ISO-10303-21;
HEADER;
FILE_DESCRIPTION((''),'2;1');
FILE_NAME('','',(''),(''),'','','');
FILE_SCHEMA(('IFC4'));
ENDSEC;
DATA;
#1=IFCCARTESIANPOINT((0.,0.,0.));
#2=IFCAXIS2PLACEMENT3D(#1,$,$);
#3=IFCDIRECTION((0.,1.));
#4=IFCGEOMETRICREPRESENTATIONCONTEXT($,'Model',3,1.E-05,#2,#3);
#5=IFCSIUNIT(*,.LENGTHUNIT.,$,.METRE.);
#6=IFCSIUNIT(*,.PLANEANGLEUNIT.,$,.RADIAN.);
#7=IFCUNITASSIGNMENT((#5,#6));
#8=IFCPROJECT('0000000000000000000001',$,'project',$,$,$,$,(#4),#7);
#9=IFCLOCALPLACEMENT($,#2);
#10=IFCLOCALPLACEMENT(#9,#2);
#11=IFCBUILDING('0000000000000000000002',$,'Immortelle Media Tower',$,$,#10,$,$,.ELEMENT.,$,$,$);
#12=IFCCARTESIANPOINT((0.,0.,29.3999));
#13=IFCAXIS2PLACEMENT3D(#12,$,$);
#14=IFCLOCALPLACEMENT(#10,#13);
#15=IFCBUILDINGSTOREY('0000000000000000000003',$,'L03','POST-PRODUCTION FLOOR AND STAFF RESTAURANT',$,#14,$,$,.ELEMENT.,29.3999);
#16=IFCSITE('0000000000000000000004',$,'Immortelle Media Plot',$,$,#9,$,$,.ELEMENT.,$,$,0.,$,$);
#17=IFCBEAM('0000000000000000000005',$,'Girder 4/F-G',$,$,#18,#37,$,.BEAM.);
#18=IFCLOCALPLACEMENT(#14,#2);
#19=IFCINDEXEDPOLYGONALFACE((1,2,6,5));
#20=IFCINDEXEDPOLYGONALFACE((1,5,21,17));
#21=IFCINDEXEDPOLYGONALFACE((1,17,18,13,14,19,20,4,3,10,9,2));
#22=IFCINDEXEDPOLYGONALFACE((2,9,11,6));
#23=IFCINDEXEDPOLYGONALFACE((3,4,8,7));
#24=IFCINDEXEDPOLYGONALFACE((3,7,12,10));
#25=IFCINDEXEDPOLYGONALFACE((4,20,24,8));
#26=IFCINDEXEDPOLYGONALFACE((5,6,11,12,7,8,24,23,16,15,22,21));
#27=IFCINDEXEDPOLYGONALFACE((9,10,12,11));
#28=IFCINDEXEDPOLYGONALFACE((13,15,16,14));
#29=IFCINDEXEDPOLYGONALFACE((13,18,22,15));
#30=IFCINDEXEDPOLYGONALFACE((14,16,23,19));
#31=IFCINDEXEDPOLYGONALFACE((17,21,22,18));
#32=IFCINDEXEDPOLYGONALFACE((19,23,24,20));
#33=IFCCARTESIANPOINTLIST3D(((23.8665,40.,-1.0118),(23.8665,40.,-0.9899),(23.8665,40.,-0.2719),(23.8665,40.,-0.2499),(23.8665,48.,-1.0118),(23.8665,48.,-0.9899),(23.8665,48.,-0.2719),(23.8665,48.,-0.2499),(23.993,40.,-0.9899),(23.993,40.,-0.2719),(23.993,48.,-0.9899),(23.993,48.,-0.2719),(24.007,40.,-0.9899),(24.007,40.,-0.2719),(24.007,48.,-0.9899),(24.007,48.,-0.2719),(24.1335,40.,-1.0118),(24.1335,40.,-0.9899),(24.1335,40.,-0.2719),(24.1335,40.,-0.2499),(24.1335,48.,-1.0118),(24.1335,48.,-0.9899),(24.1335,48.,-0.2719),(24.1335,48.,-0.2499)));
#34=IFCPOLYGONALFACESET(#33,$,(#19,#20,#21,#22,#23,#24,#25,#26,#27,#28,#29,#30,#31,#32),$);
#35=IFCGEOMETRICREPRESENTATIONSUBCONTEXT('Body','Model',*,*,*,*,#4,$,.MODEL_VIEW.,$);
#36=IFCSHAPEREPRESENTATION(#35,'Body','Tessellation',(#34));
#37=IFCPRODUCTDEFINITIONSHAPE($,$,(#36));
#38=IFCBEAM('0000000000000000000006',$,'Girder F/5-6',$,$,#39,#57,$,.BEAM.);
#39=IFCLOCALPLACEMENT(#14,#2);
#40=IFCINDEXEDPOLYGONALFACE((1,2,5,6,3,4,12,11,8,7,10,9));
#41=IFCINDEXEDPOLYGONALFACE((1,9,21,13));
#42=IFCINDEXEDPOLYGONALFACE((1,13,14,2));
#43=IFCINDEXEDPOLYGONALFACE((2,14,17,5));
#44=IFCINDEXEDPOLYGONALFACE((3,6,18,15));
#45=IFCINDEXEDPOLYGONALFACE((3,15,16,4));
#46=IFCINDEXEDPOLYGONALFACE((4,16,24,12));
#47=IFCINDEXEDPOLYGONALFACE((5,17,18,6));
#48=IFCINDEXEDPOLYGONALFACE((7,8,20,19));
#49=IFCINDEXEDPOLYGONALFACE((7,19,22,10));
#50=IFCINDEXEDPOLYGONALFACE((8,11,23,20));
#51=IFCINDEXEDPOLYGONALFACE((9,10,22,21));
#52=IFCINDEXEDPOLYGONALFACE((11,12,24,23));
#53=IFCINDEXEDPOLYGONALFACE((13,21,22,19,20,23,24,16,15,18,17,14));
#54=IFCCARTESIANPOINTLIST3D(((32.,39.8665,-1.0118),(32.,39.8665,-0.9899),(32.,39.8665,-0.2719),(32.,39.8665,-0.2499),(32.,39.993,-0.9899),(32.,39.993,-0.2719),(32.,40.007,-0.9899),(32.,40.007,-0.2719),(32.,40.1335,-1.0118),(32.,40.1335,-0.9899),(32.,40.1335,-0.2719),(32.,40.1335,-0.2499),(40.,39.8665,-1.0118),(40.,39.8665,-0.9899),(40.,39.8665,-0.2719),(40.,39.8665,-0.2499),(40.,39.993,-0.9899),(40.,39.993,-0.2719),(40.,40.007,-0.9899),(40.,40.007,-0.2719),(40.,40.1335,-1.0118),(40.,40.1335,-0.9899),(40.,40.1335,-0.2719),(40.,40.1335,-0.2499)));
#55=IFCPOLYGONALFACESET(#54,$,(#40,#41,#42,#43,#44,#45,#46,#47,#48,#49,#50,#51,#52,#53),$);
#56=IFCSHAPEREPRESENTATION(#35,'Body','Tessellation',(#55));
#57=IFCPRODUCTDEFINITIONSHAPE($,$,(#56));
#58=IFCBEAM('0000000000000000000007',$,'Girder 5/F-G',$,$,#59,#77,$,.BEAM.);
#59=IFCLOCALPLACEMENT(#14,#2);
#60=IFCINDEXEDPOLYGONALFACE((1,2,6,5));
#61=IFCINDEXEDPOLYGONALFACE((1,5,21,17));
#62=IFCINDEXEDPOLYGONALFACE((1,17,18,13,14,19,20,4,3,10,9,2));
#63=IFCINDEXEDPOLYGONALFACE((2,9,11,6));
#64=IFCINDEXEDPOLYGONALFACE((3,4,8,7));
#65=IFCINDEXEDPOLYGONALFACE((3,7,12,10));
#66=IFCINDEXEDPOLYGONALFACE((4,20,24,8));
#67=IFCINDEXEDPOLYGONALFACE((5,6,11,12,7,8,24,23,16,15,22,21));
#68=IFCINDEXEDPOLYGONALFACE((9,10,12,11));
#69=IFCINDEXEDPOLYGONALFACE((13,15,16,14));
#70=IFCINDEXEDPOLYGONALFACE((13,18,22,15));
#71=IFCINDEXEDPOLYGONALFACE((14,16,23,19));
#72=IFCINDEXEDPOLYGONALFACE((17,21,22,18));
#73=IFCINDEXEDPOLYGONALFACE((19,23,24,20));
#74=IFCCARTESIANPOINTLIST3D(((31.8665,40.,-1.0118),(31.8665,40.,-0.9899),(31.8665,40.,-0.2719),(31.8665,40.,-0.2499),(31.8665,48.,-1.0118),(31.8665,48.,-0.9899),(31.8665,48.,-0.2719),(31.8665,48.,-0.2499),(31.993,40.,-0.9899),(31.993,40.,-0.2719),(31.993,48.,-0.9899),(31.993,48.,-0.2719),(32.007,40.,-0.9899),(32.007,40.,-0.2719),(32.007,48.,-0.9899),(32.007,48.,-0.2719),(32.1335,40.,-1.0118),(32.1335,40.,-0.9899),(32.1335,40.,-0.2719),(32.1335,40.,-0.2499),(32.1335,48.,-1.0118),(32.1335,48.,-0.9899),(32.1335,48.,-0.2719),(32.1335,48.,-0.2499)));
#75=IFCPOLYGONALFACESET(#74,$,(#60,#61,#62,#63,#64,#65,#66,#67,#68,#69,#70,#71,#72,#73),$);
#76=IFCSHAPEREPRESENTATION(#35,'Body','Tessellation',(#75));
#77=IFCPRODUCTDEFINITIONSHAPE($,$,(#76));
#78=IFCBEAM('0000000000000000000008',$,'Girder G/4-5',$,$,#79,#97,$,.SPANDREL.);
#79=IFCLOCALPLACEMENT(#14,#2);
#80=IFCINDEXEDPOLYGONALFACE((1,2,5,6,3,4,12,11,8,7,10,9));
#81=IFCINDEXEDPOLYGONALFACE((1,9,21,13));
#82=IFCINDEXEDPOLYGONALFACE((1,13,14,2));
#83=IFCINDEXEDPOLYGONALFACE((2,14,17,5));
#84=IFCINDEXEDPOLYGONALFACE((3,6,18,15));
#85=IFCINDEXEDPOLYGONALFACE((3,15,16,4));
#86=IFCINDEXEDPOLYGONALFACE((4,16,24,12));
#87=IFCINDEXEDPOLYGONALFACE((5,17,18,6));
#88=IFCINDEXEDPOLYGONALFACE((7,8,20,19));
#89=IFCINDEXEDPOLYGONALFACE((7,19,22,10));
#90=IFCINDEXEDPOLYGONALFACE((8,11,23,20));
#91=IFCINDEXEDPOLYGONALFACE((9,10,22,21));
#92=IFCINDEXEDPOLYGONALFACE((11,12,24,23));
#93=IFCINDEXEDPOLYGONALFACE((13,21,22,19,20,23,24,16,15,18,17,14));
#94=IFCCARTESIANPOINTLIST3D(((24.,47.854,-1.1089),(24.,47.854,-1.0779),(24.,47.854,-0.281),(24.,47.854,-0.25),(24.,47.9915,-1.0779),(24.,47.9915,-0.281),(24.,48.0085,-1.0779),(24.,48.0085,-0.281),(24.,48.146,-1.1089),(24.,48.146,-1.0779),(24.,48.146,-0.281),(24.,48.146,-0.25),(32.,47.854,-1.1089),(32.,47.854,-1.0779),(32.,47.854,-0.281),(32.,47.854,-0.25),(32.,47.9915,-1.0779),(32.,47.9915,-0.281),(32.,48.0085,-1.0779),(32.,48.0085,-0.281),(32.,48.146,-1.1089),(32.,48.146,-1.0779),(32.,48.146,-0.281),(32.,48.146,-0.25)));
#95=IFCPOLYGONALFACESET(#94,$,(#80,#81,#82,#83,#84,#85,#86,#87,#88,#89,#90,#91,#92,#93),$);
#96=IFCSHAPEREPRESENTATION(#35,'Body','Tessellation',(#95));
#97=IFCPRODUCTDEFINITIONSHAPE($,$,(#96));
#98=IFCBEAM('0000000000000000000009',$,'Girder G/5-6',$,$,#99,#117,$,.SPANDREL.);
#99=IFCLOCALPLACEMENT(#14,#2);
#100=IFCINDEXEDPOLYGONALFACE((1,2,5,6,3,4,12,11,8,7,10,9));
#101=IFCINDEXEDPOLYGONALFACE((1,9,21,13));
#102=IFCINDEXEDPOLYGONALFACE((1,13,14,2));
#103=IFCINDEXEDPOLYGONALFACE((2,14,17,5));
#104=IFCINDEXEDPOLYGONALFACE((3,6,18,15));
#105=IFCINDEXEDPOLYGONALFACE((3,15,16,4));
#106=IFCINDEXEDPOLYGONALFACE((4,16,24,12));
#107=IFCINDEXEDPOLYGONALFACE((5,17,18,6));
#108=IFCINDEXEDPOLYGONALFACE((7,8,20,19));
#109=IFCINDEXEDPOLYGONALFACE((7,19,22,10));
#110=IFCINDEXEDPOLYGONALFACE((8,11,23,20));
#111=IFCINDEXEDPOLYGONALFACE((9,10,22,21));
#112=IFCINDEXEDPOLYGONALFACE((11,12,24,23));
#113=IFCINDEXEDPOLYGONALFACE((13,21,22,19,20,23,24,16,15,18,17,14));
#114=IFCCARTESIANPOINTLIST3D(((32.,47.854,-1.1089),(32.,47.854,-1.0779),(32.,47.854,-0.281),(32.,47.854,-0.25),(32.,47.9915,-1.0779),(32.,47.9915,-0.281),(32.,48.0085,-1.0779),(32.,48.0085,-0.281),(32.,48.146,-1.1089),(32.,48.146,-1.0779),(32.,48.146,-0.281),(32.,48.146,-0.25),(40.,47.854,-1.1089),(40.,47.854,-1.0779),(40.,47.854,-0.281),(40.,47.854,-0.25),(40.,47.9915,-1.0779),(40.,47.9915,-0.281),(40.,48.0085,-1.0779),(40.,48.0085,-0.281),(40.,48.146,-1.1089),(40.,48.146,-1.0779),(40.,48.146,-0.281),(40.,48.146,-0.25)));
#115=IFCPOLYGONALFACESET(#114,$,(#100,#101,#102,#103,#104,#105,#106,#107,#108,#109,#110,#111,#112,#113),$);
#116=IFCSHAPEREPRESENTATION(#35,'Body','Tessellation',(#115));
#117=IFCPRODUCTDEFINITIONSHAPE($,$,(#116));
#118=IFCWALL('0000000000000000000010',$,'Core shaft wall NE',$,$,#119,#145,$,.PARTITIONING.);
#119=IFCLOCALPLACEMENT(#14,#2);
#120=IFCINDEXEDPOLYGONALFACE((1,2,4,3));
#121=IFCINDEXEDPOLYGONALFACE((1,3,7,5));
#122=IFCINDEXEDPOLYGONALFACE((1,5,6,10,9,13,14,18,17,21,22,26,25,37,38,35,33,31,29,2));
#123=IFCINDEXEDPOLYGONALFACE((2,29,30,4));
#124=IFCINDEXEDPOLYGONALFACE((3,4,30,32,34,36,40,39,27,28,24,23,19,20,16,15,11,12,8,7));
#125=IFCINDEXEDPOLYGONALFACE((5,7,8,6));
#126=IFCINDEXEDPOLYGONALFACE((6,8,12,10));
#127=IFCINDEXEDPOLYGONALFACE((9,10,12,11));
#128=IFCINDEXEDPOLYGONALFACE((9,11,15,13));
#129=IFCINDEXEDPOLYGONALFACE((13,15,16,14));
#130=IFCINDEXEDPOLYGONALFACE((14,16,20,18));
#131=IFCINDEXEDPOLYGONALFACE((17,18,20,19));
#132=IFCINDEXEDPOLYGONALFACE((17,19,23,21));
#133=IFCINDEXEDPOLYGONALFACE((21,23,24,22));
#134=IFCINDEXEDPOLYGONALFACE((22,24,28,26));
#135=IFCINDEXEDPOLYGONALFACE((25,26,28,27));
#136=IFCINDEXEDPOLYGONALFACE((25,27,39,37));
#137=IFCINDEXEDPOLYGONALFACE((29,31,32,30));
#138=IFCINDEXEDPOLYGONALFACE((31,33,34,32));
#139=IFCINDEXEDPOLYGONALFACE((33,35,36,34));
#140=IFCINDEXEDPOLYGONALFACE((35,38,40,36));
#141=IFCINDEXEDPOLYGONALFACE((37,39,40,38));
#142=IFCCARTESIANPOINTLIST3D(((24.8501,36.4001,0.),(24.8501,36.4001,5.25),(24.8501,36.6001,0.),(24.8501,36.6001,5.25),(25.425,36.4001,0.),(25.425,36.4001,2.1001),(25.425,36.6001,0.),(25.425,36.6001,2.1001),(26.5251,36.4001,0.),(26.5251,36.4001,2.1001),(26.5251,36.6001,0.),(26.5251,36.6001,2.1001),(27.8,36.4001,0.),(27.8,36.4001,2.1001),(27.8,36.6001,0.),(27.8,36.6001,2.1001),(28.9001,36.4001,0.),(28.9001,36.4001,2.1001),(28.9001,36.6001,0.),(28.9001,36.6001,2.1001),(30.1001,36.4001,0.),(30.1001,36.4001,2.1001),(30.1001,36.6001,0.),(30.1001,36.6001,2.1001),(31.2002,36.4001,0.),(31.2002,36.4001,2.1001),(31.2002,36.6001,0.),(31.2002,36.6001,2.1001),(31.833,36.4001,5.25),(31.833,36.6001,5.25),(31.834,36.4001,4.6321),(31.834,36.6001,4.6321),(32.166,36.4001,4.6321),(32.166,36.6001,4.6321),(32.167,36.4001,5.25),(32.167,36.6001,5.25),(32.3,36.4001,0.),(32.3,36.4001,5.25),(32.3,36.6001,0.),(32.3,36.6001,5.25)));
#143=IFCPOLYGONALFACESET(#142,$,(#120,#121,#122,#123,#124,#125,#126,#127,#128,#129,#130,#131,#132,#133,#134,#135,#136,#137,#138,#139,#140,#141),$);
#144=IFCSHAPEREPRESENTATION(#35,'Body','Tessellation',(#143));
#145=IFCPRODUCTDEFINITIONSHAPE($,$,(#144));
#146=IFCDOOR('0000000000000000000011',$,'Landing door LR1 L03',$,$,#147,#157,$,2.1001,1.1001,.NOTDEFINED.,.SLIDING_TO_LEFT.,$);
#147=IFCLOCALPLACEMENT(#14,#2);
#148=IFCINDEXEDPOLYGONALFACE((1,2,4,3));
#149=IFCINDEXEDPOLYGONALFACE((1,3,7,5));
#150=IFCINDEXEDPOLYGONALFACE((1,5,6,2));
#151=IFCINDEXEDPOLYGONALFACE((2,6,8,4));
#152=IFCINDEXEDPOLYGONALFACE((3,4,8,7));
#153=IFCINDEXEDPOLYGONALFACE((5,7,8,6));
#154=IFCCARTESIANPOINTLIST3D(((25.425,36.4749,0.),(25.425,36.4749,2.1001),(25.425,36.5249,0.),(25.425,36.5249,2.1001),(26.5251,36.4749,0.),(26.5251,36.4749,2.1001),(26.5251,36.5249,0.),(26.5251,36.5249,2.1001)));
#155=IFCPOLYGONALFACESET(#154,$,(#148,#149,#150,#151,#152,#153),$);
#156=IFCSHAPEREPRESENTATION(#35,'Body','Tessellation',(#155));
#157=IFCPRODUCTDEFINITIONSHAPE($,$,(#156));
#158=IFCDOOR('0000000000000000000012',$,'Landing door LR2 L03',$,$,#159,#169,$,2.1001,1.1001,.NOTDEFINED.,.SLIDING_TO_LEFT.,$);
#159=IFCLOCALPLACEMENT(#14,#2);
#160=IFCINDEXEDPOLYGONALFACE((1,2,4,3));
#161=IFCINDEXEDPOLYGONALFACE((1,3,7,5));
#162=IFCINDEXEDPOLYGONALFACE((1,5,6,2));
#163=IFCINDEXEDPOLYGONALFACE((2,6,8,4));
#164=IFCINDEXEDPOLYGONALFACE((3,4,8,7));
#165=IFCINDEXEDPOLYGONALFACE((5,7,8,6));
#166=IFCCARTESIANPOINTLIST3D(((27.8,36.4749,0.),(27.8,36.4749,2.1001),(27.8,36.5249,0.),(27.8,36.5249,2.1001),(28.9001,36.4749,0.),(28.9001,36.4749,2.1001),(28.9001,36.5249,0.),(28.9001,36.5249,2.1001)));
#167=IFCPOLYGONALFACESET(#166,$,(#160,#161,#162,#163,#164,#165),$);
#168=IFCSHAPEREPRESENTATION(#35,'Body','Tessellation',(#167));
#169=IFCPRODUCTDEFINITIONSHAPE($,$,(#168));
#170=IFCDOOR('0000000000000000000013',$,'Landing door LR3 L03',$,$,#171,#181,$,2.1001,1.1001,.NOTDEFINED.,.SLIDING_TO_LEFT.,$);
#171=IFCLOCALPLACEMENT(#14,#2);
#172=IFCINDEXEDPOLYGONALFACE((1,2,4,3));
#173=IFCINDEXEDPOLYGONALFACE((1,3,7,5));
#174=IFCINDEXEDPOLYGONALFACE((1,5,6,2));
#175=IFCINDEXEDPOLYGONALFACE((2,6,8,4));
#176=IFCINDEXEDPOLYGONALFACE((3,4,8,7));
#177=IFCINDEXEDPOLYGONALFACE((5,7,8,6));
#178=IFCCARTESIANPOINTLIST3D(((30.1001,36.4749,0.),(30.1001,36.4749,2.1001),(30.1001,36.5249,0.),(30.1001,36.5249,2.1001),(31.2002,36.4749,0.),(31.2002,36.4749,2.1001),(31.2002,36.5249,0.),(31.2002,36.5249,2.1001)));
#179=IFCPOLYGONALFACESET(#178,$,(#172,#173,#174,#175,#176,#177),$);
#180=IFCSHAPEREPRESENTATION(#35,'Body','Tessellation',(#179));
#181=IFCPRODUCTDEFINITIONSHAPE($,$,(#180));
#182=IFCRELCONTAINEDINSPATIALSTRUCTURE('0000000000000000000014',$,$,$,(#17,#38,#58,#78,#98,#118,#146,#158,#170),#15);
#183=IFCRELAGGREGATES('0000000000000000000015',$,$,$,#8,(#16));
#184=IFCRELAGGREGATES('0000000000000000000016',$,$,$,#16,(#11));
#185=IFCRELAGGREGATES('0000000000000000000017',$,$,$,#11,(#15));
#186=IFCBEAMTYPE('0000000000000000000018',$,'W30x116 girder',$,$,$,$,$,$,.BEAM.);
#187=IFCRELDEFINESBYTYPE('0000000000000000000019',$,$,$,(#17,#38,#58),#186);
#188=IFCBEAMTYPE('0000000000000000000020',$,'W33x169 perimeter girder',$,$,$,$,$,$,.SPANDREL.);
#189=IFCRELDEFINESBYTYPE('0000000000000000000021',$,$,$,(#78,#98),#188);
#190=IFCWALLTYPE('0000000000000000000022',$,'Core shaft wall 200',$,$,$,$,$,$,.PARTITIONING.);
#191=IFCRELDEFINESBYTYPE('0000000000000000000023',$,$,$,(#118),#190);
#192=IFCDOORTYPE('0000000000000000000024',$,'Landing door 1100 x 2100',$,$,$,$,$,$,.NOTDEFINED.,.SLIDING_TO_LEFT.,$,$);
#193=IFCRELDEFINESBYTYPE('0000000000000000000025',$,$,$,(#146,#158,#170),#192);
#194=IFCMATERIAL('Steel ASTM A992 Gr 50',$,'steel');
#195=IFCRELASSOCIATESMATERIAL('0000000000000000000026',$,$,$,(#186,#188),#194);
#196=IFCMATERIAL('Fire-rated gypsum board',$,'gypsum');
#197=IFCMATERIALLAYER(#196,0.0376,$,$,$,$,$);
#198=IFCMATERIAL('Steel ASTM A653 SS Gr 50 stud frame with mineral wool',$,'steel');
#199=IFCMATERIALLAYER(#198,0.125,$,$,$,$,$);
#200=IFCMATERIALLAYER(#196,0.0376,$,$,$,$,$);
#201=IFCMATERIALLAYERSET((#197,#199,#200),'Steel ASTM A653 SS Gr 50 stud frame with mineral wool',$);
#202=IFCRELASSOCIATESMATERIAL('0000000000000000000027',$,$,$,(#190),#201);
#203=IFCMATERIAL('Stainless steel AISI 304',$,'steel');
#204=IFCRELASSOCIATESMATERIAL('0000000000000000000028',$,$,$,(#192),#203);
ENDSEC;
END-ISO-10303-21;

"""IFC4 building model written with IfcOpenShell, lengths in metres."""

from ifc_helpers import new_model, si_unit, direction, frame, frame_2d, origin, origin_2d, place, context, subcontext, project, spatial, polyline, rectangle, i_section, outline, extrude, material, layer, layer_set, material_profile, profile_set, type_object, element, fill, save


model = new_model("IFC4")

# Units and contexts
model_context = context("Model", 3, precision=1e-05, world=origin(), true_north=direction((0.0, 1.0)))
body_context = subcontext(model_context, "Body", "Model", "MODEL_VIEW")
ifc_project = project(units=[si_unit("LENGTHUNIT", "METRE"), si_unit("PLANEANGLEUNIT", "RADIAN")], contexts=[model_context])

# Site, building, storey
site_placement = place(None, origin())
site = spatial("IfcSite", under=ifc_project, at=site_placement, Name="Immortelle Media Plot", CompositionType="ELEMENT", RefElevation=0.0)
building_placement = place(site_placement, origin())
building = spatial("IfcBuilding", under=site, at=building_placement, Name="Immortelle Media Tower", CompositionType="ELEMENT")
storey_placement = place(building_placement, frame((0.0, 0.0, 29.3999)))
storey = spatial("IfcBuildingStorey", under=building, at=storey_placement, Name="L03", Description="POST-PRODUCTION FLOOR AND STAFF RESTAURANT", CompositionType="ELEMENT", Elevation=29.3999)

# Shared definitions
ifc_material_1 = material(Name="Steel ASTM A992 Gr 50", Category="steel")

# Beams
ifc_material_profile_1 = material_profile(ifc_material_1, i_section(OverallWidth=0.2671, OverallDepth=0.762, WebThickness=0.0139, FlangeThickness=0.022, at=origin_2d()), Name="W30x116")
ifc_profile_set_1 = profile_set([ifc_material_profile_1], Name="Steel ASTM A992 Gr 50")
beam_type_1 = type_object("IfcBeamType", Name="W30x116 girder", PredefinedType="BEAM", material=ifc_profile_set_1)
for number, where, z_axis, x_axis, name in (
    (1, (24.0, 40.0, -0.6309), (0.0, 1.0, 0.0), (-1.0, 0.0, 0.0), "Girder 4/F-G"),
    (2, (32.0, 40.0, -0.6309), (1.0, 0.0, 0.0), (0.0, 1.0, 0.0), "Girder F/5-6"),
    (3, (32.0, 40.0, -0.6309), (0.0, 1.0, 0.0), (-1.0, 0.0, 0.0), "Girder 5/F-G"),
):
    element("IfcBeam", number, at=place(storey_placement, frame(where, z_axis=z_axis, x_axis=x_axis)), inside=storey, type_object=beam_type_1, Name=name, PredefinedType="BEAM", context=body_context, shape_type="SweptSolid", body=[
        extrude(i_section(OverallWidth=0.2671, OverallDepth=0.762, WebThickness=0.0139, FlangeThickness=0.022, at=origin_2d()), origin(), (0.0, 0.0, 1.0), 8.0),
    ])
ifc_material_profile_2 = material_profile(ifc_material_1, i_section(OverallWidth=0.292, OverallDepth=0.8589, WebThickness=0.0171, FlangeThickness=0.031, at=origin_2d()), Name="W33x169")
ifc_profile_set_2 = profile_set([ifc_material_profile_2], Name="Steel ASTM A992 Gr 50")
beam_type_2 = type_object("IfcBeamType", Name="W33x169 perimeter girder", PredefinedType="SPANDREL", material=ifc_profile_set_2)
for number, where, z_axis, x_axis, name in (
    (4, (24.0, 48.0, -0.6794), (1.0, 0.0, 0.0), (0.0, 1.0, 0.0), "Girder G/4-5"),
    (5, (32.0, 48.0, -0.6794), (1.0, 0.0, 0.0), (0.0, 1.0, 0.0), "Girder G/5-6"),
):
    element("IfcBeam", number, at=place(storey_placement, frame(where, z_axis=z_axis, x_axis=x_axis)), inside=storey, type_object=beam_type_2, Name=name, PredefinedType="SPANDREL", context=body_context, shape_type="SweptSolid", body=[
        extrude(i_section(OverallWidth=0.292, OverallDepth=0.8589, WebThickness=0.0171, FlangeThickness=0.031, at=origin_2d()), origin(), (0.0, 0.0, 1.0), 8.0),
    ])

# Wall, openings, doors
ifc_material_2 = material(Name="Fire-rated gypsum board", Category="gypsum")
ifc_layer_1 = layer(ifc_material_2, 0.0376)
ifc_material_3 = material(Name="Steel ASTM A653 SS Gr 50 stud frame with mineral wool", Category="steel")
ifc_layer_2 = layer(ifc_material_3, 0.125)
ifc_layer_3 = layer(ifc_material_2, 0.0376)
ifc_layer_set_1 = layer_set([ifc_layer_1, ifc_layer_2, ifc_layer_3], Name="Steel ASTM A653 SS Gr 50 stud frame with mineral wool")
wall_type_1 = type_object("IfcWallType", Name="Core shaft wall 200", PredefinedType="PARTITIONING", material=ifc_layer_set_1)
wall_1_placement = place(storey_placement, frame((24.8501, 36.5, 0.0), z_axis=(0.0, 0.0, 1.0), x_axis=(1.0, 0.0, 0.0)))
wall_1 = element("IfcWall", 6, at=wall_1_placement, inside=storey, type_object=wall_type_1, Name="Core shaft wall NE", PredefinedType="PARTITIONING", context=body_context, shape_type="SweptSolid", body=[
    extrude(outline(polyline([(0.0, 0.0), (7.45, 0.0), (7.45, 5.25), (7.3169, 5.25), (7.3159, 4.6321), (6.9839, 4.6321), (6.9829, 5.25), (0.0, 5.25), (0.0, 0.0)])), frame((0.0, 0.1001, 0.0), z_axis=(0.0, -1.0, 0.0), x_axis=(1.0, 0.0, 0.0)), (0.0, 0.0, 1.0), 0.2),
])
opening_1_placement = place(wall_1_placement, frame((0.575, 0.0, 0.0)))
opening_1 = element("IfcOpeningElement", 7, at=opening_1_placement, cuts=wall_1, PredefinedType="OPENING", context=body_context, shape_type="SweptSolid", body=[
    extrude(rectangle(XDim=1.1001, YDim=2.1001, at=frame_2d((0.55, 1.05))), frame((0.0, 0.1099, 0.0), z_axis=(0.0, -1.0, 0.0), x_axis=(1.0, 0.0, 0.0)), (0.0, 0.0, 1.0), 0.22),
])
opening_2_placement = place(wall_1_placement, frame((2.95, 0.0, 0.0)))
opening_2 = element("IfcOpeningElement", 8, at=opening_2_placement, cuts=wall_1, PredefinedType="OPENING", context=body_context, shape_type="SweptSolid", body=[
    extrude(rectangle(XDim=1.1001, YDim=2.1001, at=frame_2d((0.55, 1.05))), frame((0.0, 0.1099, 0.0), z_axis=(0.0, -1.0, 0.0), x_axis=(1.0, 0.0, 0.0)), (0.0, 0.0, 1.0), 0.22),
])
opening_3_placement = place(wall_1_placement, frame((5.25, 0.0, 0.0)))
opening_3 = element("IfcOpeningElement", 9, at=opening_3_placement, cuts=wall_1, PredefinedType="OPENING", context=body_context, shape_type="SweptSolid", body=[
    extrude(rectangle(XDim=1.1001, YDim=2.1001, at=frame_2d((0.55, 1.05))), frame((0.0, 0.1099, 0.0), z_axis=(0.0, -1.0, 0.0), x_axis=(1.0, 0.0, 0.0)), (0.0, 0.0, 1.0), 0.22),
])
ifc_material_4 = material(Name="Stainless steel AISI 304", Category="steel")
door_type = type_object("IfcDoorType", Name="Landing door 1100 x 2100", OperationType="SLIDING_TO_LEFT", PredefinedType="NOTDEFINED", material=ifc_material_4)
door_1_placement = place(opening_1_placement, origin())
door_1 = element("IfcDoor", 10, at=door_1_placement, inside=storey, type_object=door_type, Name="Landing door LR1 L03", OperationType="SLIDING_TO_LEFT", OverallHeight=2.1001, OverallWidth=1.1001, PredefinedType="NOTDEFINED", context=body_context, shape_type="SweptSolid", body=[
    extrude(rectangle(XDim=1.1001, YDim=2.1001, at=frame_2d((0.55, 1.05))), frame((0.0, 0.0249, 0.0), z_axis=(0.0, -1.0, 0.0), x_axis=(1.0, 0.0, 0.0)), (0.0, 0.0, 1.0), 0.05),
])
fill(opening_1, door_1)
door_2_placement = place(opening_2_placement, origin())
door_2 = element("IfcDoor", 11, at=door_2_placement, inside=storey, type_object=door_type, Name="Landing door LR2 L03", OperationType="SLIDING_TO_LEFT", OverallHeight=2.1001, OverallWidth=1.1001, PredefinedType="NOTDEFINED", context=body_context, shape_type="SweptSolid", body=[
    extrude(rectangle(XDim=1.1001, YDim=2.1001, at=frame_2d((0.55, 1.05))), frame((0.0, 0.0249, 0.0), z_axis=(0.0, -1.0, 0.0), x_axis=(1.0, 0.0, 0.0)), (0.0, 0.0, 1.0), 0.05),
])
fill(opening_2, door_2)
door_3_placement = place(opening_3_placement, origin())
door_3 = element("IfcDoor", 12, at=door_3_placement, inside=storey, type_object=door_type, Name="Landing door LR3 L03", OperationType="SLIDING_TO_LEFT", OverallHeight=2.1001, OverallWidth=1.1001, PredefinedType="NOTDEFINED", context=body_context, shape_type="SweptSolid", body=[
    extrude(rectangle(XDim=1.1001, YDim=2.1001, at=frame_2d((0.55, 1.05))), frame((0.0, 0.0249, 0.0), z_axis=(0.0, -1.0, 0.0), x_axis=(1.0, 0.0, 0.0)), (0.0, 0.0, 1.0), 0.05),
])
fill(opening_3, door_3)

save(model, "model.ifc")
